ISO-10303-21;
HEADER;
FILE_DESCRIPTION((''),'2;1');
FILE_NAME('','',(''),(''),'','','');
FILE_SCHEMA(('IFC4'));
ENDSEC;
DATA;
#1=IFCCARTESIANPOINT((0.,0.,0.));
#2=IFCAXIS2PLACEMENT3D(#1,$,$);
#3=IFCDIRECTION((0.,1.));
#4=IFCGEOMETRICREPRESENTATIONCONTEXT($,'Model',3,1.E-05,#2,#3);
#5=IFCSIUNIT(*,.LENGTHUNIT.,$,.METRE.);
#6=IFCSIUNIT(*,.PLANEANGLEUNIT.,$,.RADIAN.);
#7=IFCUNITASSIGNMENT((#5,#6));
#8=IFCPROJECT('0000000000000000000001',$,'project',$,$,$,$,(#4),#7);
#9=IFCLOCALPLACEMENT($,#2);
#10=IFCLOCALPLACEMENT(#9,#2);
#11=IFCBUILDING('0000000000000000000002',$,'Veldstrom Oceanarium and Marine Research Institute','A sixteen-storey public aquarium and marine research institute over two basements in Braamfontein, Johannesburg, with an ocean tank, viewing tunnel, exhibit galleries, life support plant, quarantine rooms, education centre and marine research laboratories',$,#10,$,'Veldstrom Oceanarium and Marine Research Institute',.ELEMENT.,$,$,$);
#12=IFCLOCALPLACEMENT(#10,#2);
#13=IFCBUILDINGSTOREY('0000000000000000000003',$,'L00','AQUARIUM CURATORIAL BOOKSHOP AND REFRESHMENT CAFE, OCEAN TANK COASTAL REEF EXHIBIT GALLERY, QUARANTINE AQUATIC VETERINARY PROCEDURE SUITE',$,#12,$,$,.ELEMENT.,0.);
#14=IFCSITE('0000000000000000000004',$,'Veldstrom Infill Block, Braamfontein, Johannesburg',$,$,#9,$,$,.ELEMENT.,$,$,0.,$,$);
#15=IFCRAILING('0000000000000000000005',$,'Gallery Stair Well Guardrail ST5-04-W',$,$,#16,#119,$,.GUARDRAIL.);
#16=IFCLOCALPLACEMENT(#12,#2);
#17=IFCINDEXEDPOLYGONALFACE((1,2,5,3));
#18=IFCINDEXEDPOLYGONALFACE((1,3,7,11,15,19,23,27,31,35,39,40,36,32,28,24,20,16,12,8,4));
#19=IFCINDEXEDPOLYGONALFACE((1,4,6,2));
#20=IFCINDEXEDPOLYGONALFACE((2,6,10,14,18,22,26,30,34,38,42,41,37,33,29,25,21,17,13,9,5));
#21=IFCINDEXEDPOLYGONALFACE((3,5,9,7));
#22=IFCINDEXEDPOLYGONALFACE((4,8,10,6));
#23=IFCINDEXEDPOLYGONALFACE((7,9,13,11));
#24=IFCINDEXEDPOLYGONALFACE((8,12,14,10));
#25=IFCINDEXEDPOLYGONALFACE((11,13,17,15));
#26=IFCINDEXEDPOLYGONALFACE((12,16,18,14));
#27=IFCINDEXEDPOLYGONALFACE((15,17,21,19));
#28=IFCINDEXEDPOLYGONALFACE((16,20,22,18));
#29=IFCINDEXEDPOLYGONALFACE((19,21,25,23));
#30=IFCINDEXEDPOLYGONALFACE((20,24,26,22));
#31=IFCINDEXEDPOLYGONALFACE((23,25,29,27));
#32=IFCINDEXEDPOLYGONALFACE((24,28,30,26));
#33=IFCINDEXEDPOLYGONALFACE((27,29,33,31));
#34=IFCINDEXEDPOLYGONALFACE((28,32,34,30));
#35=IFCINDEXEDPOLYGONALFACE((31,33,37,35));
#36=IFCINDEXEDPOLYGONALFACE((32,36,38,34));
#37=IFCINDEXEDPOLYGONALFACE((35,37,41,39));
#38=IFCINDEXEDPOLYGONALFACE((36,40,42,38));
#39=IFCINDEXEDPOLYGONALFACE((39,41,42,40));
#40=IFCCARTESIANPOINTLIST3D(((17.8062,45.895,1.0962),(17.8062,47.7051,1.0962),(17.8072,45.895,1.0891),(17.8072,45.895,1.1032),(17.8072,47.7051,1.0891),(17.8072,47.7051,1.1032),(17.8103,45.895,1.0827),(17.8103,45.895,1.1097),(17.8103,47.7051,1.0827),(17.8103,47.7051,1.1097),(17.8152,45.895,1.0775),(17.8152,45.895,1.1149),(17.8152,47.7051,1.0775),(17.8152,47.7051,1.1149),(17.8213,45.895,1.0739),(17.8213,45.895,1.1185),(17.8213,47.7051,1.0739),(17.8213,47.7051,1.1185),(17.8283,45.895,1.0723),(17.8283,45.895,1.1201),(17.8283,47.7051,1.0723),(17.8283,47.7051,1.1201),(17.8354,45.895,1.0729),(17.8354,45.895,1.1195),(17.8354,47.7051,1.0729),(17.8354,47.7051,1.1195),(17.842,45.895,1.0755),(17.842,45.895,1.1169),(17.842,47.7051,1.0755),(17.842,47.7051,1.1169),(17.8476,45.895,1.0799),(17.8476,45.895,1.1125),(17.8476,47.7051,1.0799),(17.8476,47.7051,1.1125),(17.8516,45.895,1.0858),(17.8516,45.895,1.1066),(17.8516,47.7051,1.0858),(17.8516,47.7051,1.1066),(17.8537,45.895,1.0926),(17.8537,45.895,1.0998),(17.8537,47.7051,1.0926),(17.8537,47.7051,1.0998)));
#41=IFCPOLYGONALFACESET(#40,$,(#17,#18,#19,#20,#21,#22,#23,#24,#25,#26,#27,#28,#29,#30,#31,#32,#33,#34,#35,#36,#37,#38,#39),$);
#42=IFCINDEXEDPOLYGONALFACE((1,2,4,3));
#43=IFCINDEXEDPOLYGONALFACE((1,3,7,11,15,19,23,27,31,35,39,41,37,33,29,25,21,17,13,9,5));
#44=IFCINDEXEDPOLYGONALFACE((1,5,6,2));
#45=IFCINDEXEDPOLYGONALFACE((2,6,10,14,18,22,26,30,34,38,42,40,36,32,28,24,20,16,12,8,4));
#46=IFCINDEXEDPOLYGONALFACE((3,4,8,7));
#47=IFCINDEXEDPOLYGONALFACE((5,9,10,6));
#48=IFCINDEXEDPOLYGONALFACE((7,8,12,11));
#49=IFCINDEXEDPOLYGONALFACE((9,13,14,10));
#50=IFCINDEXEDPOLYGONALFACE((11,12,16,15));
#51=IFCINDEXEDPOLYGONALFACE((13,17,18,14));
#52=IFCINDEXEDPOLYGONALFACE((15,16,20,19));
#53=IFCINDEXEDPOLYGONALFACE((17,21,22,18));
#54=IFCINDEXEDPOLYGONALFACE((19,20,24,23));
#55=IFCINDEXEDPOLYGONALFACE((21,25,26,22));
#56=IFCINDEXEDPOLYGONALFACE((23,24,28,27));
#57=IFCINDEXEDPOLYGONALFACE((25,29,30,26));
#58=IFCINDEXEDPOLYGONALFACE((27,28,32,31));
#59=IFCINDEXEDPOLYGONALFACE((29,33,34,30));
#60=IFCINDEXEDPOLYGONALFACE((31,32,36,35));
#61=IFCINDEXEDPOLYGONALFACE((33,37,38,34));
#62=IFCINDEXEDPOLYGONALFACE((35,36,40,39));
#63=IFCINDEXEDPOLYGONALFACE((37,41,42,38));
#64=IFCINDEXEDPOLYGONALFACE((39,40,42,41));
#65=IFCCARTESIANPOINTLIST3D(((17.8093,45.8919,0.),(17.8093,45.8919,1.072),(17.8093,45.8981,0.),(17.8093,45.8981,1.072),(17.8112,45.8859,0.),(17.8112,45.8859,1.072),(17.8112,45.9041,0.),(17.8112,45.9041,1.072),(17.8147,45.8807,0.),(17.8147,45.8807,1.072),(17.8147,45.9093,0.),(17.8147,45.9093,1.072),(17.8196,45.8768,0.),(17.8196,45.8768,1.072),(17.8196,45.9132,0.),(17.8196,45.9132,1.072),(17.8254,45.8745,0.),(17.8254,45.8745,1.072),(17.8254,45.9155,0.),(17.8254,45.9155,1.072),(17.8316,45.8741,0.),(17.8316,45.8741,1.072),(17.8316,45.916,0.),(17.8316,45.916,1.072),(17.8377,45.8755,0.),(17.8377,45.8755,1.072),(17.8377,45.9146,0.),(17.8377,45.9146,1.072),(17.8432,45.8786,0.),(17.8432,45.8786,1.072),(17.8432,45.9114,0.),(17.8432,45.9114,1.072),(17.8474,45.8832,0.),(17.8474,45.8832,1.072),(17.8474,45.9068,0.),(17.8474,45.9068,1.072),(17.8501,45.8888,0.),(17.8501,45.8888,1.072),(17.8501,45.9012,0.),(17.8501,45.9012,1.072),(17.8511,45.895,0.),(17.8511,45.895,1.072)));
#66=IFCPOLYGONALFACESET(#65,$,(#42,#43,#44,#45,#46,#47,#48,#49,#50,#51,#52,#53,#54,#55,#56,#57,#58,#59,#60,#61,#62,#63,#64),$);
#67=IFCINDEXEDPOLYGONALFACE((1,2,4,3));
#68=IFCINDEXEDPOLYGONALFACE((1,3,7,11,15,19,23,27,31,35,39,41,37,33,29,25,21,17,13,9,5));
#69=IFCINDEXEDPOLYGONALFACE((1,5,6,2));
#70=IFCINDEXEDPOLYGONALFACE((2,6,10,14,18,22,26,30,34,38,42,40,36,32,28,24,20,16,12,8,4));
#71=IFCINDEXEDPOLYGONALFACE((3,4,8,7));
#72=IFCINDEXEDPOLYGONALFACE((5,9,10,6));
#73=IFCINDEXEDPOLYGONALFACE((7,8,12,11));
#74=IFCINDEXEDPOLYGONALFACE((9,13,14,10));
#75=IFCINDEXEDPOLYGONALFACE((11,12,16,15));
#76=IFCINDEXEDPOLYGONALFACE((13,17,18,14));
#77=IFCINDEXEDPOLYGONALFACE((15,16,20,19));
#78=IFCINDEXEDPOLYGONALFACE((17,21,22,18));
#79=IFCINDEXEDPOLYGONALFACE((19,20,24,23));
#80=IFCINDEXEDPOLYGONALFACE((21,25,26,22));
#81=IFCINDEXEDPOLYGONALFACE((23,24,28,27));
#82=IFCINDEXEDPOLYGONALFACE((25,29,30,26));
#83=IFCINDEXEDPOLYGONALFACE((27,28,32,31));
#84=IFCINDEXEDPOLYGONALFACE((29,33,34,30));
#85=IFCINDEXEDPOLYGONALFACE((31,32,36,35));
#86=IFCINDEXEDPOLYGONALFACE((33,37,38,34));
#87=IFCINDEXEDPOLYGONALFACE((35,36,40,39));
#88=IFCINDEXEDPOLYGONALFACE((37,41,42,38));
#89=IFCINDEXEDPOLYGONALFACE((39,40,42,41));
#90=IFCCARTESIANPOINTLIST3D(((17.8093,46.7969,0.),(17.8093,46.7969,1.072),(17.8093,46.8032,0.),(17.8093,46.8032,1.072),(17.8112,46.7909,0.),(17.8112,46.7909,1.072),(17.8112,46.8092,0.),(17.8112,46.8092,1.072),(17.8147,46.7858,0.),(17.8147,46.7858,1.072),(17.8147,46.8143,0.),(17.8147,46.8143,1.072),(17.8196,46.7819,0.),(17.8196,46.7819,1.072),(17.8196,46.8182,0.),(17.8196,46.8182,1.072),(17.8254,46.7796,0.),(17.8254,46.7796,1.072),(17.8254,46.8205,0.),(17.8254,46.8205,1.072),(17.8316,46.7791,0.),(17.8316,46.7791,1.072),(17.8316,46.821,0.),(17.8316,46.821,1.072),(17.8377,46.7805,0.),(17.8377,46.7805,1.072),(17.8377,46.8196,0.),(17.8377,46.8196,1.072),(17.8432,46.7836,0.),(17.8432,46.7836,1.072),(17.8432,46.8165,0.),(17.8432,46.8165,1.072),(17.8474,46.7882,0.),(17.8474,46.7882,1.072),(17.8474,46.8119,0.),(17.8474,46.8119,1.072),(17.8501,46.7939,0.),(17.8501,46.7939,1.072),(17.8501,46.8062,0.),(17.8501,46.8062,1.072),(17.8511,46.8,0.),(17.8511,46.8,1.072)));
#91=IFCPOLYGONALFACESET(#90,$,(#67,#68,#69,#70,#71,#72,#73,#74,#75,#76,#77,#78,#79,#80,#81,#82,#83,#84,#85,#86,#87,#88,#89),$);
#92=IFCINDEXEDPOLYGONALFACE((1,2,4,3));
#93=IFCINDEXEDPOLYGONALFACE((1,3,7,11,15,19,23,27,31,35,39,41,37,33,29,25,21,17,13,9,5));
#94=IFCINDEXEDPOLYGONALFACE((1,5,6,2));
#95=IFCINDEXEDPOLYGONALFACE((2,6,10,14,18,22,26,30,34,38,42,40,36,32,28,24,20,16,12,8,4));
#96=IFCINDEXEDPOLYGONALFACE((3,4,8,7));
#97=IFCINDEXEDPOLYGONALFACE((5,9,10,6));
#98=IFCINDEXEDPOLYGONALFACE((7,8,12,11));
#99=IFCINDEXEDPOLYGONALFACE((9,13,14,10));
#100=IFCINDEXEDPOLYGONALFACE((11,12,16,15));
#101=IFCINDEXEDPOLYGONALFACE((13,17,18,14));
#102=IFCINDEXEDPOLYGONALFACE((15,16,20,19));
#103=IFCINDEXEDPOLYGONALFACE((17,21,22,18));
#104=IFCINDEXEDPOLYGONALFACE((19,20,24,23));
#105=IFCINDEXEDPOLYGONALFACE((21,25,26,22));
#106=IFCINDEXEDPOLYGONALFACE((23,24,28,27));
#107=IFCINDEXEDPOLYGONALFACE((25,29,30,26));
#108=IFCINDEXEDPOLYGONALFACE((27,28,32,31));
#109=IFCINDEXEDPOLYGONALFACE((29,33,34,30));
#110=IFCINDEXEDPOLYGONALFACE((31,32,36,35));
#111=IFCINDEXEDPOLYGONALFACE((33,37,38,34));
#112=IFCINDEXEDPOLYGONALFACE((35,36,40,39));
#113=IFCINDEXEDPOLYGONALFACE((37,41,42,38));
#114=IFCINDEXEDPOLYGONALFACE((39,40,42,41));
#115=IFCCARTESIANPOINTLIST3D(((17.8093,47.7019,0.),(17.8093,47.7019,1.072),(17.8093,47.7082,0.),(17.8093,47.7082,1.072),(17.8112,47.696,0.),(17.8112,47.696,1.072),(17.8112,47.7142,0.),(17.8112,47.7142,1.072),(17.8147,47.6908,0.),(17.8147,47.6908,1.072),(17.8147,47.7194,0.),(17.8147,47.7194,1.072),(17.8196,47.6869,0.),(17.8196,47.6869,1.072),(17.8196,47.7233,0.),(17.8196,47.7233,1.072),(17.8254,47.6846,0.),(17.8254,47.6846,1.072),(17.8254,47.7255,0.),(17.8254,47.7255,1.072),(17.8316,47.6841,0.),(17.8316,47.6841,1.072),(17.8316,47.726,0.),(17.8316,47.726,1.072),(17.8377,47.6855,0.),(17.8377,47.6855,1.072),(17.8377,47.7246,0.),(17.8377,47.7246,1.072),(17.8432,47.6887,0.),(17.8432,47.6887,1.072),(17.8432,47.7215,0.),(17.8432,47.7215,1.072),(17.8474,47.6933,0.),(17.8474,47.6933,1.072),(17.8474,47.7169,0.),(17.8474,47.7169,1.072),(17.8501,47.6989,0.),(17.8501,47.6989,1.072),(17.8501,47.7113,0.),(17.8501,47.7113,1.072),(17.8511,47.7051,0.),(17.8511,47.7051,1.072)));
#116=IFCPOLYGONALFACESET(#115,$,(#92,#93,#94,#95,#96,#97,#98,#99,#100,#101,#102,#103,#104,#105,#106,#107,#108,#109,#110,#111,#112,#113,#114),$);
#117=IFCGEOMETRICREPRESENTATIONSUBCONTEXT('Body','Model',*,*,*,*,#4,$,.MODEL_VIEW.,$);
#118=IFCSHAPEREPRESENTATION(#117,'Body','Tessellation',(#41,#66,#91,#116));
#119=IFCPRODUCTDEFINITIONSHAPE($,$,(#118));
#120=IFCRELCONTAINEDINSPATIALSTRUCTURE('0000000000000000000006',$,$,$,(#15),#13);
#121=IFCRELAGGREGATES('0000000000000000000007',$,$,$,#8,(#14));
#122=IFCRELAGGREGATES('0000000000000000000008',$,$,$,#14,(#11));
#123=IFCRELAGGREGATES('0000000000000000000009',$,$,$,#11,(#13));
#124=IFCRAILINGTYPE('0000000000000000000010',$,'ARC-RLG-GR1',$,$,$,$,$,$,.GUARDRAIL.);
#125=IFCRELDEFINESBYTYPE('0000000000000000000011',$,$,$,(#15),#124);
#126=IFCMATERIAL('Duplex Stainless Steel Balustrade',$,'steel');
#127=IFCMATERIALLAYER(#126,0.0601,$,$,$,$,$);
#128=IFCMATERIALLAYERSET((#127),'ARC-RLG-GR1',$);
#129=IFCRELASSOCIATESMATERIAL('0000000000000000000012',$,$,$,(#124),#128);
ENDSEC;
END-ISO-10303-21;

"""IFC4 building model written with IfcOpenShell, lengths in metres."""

from ifc_helpers import new_model, si_unit, direction, frame, origin, origin_2d, place, context, subcontext, project, spatial, circle, extrude, material, layer, layer_set, type_object, element, save


model = new_model("IFC4")

# Units and contexts
model_context = context("Model", 3, precision=1e-05, world=origin(), true_north=direction((0.0, 1.0)))
body_context = subcontext(model_context, "Body", "Model", "MODEL_VIEW")
ifc_project = project(units=[si_unit("LENGTHUNIT", "METRE"), si_unit("PLANEANGLEUNIT", "RADIAN")], contexts=[model_context])

# Site, building, storey
site_placement = place(None, origin())
site = spatial("IfcSite", under=ifc_project, at=site_placement, Name="Veldstrom Infill Block, Braamfontein, Johannesburg", CompositionType="ELEMENT", RefElevation=0.0)
building_placement = place(site_placement, origin())
building = spatial("IfcBuilding", under=site, at=building_placement, Name="Veldstrom Oceanarium and Marine Research Institute", Description="A sixteen-storey public aquarium and marine research institute over two basements in Braamfontein, Johannesburg, with an ocean tank, viewing tunnel, exhibit galleries, life support plant, quarantine rooms, education centre and marine research laboratories", LongName="Veldstrom Oceanarium and Marine Research Institute", CompositionType="ELEMENT")
storey_placement = place(building_placement, origin())
storey = spatial("IfcBuildingStorey", under=building, at=storey_placement, Name="L00", Description="AQUARIUM CURATORIAL BOOKSHOP AND REFRESHMENT CAFE, OCEAN TANK COASTAL REEF EXHIBIT GALLERY, QUARANTINE AQUATIC VETERINARY PROCEDURE SUITE", CompositionType="ELEMENT", Elevation=0.0)

# Railing
ifc_material_1 = material(Name="Duplex Stainless Steel Balustrade", Category="steel")
ifc_layer_1 = layer(ifc_material_1, 0.0601)
ifc_layer_set_1 = layer_set([ifc_layer_1], Name="ARC-RLG-GR1")
railing_type = type_object("IfcRailingType", Name="ARC-RLG-GR1", PredefinedType="GUARDRAIL", material=ifc_layer_set_1)
railing_placement = place(storey_placement, frame((17.8301, 45.895, 0.0)))
element("IfcRailing", 1, at=railing_placement, inside=storey, type_object=railing_type, Name="Gallery Stair Well Guardrail ST5-04-W", PredefinedType="GUARDRAIL", context=body_context, shape_type="SweptSolid", body=[
    extrude(circle(Radius=0.0239, at=origin_2d()), frame((0.0, 0.0, 1.0962), z_axis=(0.0, 1.0, 0.0), x_axis=(-1.0, 0.0, 0.0)), (0.0, 0.0, 1.0), 1.8101),
    extrude(circle(Radius=0.021, at=origin_2d()), origin(), (0.0, 0.0, 1.0), 1.072),
    extrude(circle(Radius=0.021, at=origin_2d()), frame((0.0, 0.905, 0.0)), (0.0, 0.0, 1.0), 1.072),
    extrude(circle(Radius=0.021, at=origin_2d()), frame((0.0, 1.8101, 0.0)), (0.0, 0.0, 1.0), 1.072),
])

save(model, "model.ifc")
